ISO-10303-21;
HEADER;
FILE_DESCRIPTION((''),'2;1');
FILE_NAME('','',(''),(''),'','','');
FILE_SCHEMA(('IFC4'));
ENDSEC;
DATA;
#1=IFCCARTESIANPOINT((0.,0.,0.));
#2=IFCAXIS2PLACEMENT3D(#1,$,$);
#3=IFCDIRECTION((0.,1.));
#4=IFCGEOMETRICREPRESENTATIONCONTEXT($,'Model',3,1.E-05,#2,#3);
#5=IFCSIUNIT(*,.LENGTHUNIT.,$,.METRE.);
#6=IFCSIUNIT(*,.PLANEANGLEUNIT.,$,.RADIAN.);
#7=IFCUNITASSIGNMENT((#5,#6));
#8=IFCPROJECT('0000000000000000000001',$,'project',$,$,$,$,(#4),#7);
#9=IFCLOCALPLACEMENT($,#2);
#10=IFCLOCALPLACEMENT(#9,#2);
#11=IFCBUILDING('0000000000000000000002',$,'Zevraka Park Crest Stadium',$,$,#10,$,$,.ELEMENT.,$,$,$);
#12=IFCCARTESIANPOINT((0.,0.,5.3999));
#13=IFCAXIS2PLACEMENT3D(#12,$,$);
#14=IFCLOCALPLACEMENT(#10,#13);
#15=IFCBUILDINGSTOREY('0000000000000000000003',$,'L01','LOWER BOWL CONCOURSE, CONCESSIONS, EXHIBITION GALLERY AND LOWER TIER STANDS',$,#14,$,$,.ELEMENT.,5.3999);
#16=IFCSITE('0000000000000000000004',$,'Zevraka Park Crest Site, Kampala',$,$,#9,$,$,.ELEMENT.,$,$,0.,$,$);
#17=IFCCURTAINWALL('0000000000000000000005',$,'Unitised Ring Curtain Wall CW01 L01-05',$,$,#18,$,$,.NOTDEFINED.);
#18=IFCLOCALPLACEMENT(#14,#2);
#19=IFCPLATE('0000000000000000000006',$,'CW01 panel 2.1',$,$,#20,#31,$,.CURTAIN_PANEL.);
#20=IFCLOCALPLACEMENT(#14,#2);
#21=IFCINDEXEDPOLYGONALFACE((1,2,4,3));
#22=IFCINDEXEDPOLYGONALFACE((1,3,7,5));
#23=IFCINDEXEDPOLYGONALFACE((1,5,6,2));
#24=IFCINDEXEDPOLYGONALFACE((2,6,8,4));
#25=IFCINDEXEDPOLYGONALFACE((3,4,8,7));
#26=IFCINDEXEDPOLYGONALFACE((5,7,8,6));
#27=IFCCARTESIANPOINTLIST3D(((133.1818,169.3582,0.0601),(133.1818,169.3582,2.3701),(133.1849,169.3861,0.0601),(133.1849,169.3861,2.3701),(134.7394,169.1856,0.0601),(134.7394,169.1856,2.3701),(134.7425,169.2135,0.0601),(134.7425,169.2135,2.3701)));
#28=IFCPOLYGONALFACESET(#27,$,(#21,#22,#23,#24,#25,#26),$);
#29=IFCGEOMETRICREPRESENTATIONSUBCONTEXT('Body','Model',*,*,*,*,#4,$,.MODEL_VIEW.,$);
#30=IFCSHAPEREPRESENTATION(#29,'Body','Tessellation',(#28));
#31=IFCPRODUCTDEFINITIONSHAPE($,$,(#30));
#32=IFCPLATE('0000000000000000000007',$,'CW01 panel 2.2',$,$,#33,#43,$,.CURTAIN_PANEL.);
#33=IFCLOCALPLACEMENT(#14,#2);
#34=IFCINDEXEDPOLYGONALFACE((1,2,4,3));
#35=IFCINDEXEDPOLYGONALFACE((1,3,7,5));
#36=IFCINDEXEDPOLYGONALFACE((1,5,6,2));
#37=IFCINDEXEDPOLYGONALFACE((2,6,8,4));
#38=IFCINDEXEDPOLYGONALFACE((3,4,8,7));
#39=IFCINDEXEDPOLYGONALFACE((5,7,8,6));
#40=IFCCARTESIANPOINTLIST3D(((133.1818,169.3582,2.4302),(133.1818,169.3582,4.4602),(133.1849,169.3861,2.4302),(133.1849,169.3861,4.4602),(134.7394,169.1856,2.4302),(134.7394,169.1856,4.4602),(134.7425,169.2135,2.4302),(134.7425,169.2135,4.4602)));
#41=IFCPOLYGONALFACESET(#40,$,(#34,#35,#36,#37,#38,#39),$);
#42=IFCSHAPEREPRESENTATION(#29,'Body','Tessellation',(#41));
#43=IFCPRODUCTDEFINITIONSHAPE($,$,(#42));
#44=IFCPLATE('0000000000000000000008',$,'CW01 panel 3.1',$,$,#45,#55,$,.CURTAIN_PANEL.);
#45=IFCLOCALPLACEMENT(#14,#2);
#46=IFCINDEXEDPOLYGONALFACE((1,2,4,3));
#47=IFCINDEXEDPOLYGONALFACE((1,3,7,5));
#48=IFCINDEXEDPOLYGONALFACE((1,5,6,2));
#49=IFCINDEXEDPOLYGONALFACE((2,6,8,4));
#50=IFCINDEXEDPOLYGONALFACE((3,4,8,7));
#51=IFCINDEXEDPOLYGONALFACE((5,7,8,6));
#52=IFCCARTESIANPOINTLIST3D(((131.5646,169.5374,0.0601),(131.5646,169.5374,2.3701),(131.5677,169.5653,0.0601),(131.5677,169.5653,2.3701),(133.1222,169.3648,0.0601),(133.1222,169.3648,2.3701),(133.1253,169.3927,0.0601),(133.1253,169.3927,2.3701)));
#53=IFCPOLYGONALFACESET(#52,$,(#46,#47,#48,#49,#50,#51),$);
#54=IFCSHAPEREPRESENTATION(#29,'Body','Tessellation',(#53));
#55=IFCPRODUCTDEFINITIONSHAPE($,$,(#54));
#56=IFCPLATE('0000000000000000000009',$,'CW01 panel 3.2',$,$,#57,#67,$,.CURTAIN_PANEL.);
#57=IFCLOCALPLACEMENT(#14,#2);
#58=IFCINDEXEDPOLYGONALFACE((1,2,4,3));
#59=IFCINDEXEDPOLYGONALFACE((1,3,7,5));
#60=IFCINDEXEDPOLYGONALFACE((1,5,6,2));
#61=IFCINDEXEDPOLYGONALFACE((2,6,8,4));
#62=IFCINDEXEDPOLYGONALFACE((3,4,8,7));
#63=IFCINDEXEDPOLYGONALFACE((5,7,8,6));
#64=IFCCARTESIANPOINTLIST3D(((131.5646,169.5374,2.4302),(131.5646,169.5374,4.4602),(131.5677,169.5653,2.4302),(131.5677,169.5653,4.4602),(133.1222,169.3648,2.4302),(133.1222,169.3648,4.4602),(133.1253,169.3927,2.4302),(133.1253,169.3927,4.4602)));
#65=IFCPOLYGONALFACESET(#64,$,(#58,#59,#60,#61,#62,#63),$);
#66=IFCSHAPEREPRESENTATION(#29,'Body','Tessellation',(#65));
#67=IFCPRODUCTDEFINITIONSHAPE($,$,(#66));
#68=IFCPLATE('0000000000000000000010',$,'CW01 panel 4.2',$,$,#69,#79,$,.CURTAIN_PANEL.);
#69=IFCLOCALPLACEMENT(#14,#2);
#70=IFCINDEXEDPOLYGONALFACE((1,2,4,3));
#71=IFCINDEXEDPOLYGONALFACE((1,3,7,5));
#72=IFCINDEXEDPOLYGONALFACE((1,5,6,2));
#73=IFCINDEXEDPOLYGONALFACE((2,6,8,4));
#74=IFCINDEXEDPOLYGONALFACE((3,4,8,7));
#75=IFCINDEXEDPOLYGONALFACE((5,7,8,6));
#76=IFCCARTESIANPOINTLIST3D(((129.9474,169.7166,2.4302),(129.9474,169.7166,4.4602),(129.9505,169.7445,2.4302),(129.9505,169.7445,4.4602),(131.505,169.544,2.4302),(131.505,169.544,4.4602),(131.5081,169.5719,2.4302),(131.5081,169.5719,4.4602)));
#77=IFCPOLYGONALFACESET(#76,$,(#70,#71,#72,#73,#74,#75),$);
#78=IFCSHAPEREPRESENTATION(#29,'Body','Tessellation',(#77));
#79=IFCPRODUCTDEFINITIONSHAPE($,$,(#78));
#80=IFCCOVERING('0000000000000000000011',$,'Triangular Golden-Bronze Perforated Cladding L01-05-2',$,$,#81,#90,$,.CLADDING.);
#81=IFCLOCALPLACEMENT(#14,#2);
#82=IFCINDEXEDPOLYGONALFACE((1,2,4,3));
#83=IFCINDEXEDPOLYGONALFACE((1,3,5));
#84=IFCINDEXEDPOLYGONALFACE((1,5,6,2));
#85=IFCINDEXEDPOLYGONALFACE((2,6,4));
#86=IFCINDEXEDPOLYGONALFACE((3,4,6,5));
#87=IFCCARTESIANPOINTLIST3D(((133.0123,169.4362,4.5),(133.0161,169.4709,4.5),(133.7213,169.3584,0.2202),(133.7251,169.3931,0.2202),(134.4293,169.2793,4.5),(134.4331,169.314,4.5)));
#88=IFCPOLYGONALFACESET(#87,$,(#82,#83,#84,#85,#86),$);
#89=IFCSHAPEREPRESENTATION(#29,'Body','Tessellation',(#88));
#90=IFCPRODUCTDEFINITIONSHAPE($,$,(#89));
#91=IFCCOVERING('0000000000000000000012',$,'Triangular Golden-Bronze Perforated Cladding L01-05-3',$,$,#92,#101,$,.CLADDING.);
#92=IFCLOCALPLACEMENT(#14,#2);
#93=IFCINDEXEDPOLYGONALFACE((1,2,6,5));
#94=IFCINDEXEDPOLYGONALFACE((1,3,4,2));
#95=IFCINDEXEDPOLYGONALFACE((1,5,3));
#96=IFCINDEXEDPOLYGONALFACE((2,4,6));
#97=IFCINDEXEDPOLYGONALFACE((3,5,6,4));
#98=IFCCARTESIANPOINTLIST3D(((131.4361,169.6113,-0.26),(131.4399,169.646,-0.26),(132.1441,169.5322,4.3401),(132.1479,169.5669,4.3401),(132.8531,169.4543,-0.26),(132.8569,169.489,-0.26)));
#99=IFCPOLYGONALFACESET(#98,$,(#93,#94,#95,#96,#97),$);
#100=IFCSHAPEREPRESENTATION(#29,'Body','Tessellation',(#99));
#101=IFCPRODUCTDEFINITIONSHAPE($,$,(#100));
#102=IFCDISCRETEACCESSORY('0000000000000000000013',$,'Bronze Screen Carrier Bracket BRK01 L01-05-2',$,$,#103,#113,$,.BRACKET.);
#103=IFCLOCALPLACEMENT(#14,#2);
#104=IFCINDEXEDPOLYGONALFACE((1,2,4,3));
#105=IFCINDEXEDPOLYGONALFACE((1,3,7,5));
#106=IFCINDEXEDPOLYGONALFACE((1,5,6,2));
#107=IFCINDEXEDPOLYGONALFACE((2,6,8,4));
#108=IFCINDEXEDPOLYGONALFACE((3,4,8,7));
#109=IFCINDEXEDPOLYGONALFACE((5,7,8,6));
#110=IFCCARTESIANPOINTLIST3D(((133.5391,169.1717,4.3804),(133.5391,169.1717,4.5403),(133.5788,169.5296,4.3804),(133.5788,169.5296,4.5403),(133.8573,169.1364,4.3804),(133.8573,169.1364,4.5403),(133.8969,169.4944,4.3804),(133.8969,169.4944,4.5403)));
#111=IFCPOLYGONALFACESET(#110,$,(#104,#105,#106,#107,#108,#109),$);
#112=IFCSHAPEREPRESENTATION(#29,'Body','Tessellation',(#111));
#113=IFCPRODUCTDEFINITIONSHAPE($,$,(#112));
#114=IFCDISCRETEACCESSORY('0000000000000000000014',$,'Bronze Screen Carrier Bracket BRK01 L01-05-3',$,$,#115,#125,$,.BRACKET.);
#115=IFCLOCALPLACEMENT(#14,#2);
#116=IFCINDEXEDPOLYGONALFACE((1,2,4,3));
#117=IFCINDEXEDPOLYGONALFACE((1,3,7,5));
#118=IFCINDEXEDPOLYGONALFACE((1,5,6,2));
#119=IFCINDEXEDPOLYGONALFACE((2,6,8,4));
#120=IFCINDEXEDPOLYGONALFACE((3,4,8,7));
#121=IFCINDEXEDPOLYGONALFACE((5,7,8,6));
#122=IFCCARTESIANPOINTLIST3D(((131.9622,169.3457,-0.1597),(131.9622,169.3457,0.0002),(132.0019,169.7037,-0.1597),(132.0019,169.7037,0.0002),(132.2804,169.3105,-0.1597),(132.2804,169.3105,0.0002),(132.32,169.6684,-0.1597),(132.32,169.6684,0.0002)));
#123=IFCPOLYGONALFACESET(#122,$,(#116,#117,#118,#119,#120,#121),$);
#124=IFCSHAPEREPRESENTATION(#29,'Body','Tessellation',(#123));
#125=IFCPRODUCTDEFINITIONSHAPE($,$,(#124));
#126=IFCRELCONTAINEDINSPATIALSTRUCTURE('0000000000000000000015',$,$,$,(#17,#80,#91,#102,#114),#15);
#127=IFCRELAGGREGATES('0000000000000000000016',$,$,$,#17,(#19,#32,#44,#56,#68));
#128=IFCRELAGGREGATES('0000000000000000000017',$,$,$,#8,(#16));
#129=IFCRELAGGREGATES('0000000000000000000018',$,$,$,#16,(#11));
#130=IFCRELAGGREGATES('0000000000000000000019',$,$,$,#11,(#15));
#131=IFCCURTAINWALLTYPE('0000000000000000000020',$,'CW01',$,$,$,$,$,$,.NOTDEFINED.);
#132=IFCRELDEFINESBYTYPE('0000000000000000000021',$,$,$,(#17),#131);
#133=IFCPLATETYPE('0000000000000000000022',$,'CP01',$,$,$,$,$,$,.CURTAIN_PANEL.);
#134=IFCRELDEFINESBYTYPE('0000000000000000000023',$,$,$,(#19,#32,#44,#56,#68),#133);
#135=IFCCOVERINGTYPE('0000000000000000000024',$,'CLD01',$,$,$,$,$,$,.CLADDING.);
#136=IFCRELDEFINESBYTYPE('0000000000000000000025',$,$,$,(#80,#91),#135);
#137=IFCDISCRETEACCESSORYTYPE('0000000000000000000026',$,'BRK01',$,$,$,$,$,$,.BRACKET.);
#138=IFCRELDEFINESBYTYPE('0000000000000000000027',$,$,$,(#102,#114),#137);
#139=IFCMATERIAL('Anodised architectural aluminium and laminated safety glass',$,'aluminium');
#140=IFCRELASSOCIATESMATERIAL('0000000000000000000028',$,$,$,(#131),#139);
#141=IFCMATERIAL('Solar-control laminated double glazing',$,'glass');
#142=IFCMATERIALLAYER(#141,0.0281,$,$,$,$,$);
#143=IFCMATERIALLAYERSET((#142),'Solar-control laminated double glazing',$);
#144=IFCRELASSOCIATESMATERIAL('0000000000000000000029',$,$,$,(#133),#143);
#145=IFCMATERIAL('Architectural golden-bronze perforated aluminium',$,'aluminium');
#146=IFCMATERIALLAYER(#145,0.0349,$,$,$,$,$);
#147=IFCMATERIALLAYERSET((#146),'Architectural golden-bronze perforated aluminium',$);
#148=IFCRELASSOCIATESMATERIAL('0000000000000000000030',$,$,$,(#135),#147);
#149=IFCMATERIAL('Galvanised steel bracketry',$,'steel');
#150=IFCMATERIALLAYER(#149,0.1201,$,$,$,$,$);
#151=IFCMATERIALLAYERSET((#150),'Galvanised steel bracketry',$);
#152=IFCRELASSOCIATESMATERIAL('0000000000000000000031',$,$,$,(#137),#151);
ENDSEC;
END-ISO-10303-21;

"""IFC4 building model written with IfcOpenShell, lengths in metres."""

from ifc_helpers import new_model, si_unit, direction, frame, origin, origin_2d, place, context, subcontext, project, spatial, polyline, rectangle, outline, extrude, material, layer, layer_set, type_object, element, aggregate, save


model = new_model("IFC4")

# Units and contexts
model_context = context("Model", 3, precision=1e-05, world=origin(), true_north=direction((0.0, 1.0)))
body_context = subcontext(model_context, "Body", "Model", "MODEL_VIEW")
ifc_project = project(units=[si_unit("LENGTHUNIT", "METRE"), si_unit("PLANEANGLEUNIT", "RADIAN")], contexts=[model_context])

# Site, building, storey
site_placement = place(None, origin())
site = spatial("IfcSite", under=ifc_project, at=site_placement, Name="Zevraka Park Crest Site, Kampala", CompositionType="ELEMENT", RefElevation=0.0)
building_placement = place(site_placement, origin())
building = spatial("IfcBuilding", under=site, at=building_placement, Name="Zevraka Park Crest Stadium", CompositionType="ELEMENT")
storey_placement = place(building_placement, frame((0.0, 0.0, 5.3999)))
storey = spatial("IfcBuildingStorey", under=building, at=storey_placement, Name="L01", Description="LOWER BOWL CONCOURSE, CONCESSIONS, EXHIBITION GALLERY AND LOWER TIER STANDS", CompositionType="ELEMENT", Elevation=5.3999)

# Curtain wall, plates
ifc_material_1 = material(Name="Anodised architectural aluminium and laminated safety glass", Category="aluminium")
curtain_wall_type = type_object("IfcCurtainWallType", Name="CW01", PredefinedType="NOTDEFINED", material=ifc_material_1)
curtain_wall_placement = place(storey_placement, origin())
curtain_wall = element("IfcCurtainWall", 1, at=curtain_wall_placement, inside=storey, type_object=curtain_wall_type, Name="Unitised Ring Curtain Wall CW01 L01-05", PredefinedType="NOTDEFINED")
ifc_material_2 = material(Name="Solar-control laminated double glazing", Category="glass")
ifc_layer_1 = layer(ifc_material_2, 0.0281)
ifc_layer_set_1 = layer_set([ifc_layer_1], Name="Solar-control laminated double glazing")
plate_type = type_object("IfcPlateType", Name="CP01", PredefinedType="CURTAIN_PANEL", material=ifc_layer_set_1)
plate_1_placement = place(storey_placement, frame((133.9622, 169.2859, 0.0601), z_axis=(0.0, 0.0, 1.0), x_axis=(-0.993917, 0.110135, 0.0)))
plate_1 = element("IfcPlate", 2, at=plate_1_placement, type_object=plate_type, Name="CW01 panel 2.1", PredefinedType="CURTAIN_PANEL", context=body_context, shape_type="SweptSolid", body=[
    extrude(rectangle(XDim=1.5671, YDim=0.0281, at=origin_2d()), origin(), (0.0, 0.0, 1.0), 2.3101),
])
plate_2_placement = place(storey_placement, frame((133.9622, 169.2859, 2.4302), z_axis=(0.0, 0.0, 1.0), x_axis=(-0.993917, 0.110135, 0.0)))
plate_2 = element("IfcPlate", 3, at=plate_2_placement, type_object=plate_type, Name="CW01 panel 2.2", PredefinedType="CURTAIN_PANEL", context=body_context, shape_type="SweptSolid", body=[
    extrude(rectangle(XDim=1.5671, YDim=0.0281, at=origin_2d()), origin(), (0.0, 0.0, 1.0), 2.03),
])
plate_3_placement = place(storey_placement, frame((132.345, 169.4651, 0.0601), z_axis=(0.0, 0.0, 1.0), x_axis=(-0.993917, 0.110135, 0.0)))
plate_3 = element("IfcPlate", 4, at=plate_3_placement, type_object=plate_type, Name="CW01 panel 3.1", PredefinedType="CURTAIN_PANEL", context=body_context, shape_type="SweptSolid", body=[
    extrude(rectangle(XDim=1.5671, YDim=0.0281, at=origin_2d()), origin(), (0.0, 0.0, 1.0), 2.3101),
])
plate_4_placement = place(storey_placement, frame((132.345, 169.4651, 2.4302), z_axis=(0.0, 0.0, 1.0), x_axis=(-0.993917, 0.110135, 0.0)))
plate_4 = element("IfcPlate", 5, at=plate_4_placement, type_object=plate_type, Name="CW01 panel 3.2", PredefinedType="CURTAIN_PANEL", context=body_context, shape_type="SweptSolid", body=[
    extrude(rectangle(XDim=1.5671, YDim=0.0281, at=origin_2d()), origin(), (0.0, 0.0, 1.0), 2.03),
])
plate_5_placement = place(storey_placement, frame((130.7278, 169.6443, 2.4302), z_axis=(0.0, 0.0, 1.0), x_axis=(-0.993917, 0.110135, 0.0)))
plate_5 = element("IfcPlate", 6, at=plate_5_placement, type_object=plate_type, Name="CW01 panel 4.2", PredefinedType="CURTAIN_PANEL", context=body_context, shape_type="SweptSolid", body=[
    extrude(rectangle(XDim=1.5671, YDim=0.0281, at=origin_2d()), origin(), (0.0, 0.0, 1.0), 2.03),
])
aggregate(curtain_wall, [plate_1, plate_2, plate_3, plate_4, plate_5])

# Coverings
ifc_material_3 = material(Name="Architectural golden-bronze perforated aluminium", Category="aluminium")
ifc_layer_2 = layer(ifc_material_3, 0.0349)
ifc_layer_set_2 = layer_set([ifc_layer_2], Name="Architectural golden-bronze perforated aluminium")
covering_type = type_object("IfcCoveringType", Name="CLD01", PredefinedType="CLADDING", material=ifc_layer_set_2)
covering_1_placement = place(storey_placement, frame((133.0161, 169.4709, 4.5), z_axis=(0.110112, 0.993919, 0.000154), x_axis=(0.993919, -0.110112, 0.0)))
element("IfcCovering", 7, at=covering_1_placement, inside=storey, type_object=covering_type, Name="Triangular Golden-Bronze Perforated Cladding L01-05-2", PredefinedType="CLADDING", context=body_context, shape_type="SweptSolid", body=[
    extrude(outline(polyline([(0.0, 0.0), (1.4257, 0.0), (0.7132, 4.2798), (0.0, 0.0)])), origin(), (0.0, 0.0, -1.0), 0.0349),
])
covering_2_placement = place(storey_placement, frame((132.8569, 169.489, -0.26), z_axis=(0.110112, 0.993919, 0.000144), x_axis=(-0.993919, 0.110112, 0.0)))
element("IfcCovering", 8, at=covering_2_placement, inside=storey, type_object=covering_type, Name="Triangular Golden-Bronze Perforated Cladding L01-05-3", PredefinedType="CLADDING", context=body_context, shape_type="SweptSolid", body=[
    extrude(outline(polyline([(0.0, 0.0), (1.4257, 0.0), (0.7132, 4.6001), (0.0, 0.0)])), origin(), (0.0, 0.0, -1.0), 0.0349),
])

# Discrete accessories
ifc_material_4 = material(Name="Galvanised steel bracketry", Category="steel")
ifc_layer_3 = layer(ifc_material_4, 0.1201)
ifc_layer_set_3 = layer_set([ifc_layer_3], Name="Galvanised steel bracketry")
discrete_accessory_type = type_object("IfcDiscreteAccessoryType", Name="BRK01", PredefinedType="BRACKET", material=ifc_layer_set_3)
for number, where, z_axis, x_axis, name in (
    (9, (133.718, 169.333, 4.3804), (0.0, 0.0, 1.0), (-0.993923, 0.110081, 0.0), "Bronze Screen Carrier Bracket BRK01 L01-05-2"),
    (10, (132.1411, 169.5071, -0.1597), (0.0, 0.0, 1.0), (-0.993923, 0.110081, 0.0), "Bronze Screen Carrier Bracket BRK01 L01-05-3"),
):
    element("IfcDiscreteAccessory", number, at=place(storey_placement, frame(where, z_axis=z_axis, x_axis=x_axis)), inside=storey, type_object=discrete_accessory_type, Name=name, PredefinedType="BRACKET", context=body_context, shape_type="SweptSolid", body=[
        extrude(rectangle(XDim=0.3201, YDim=0.3601, at=origin_2d()), origin(), (0.0, 0.0, 1.0), 0.1599),
    ])

save(model, "model.ifc")
